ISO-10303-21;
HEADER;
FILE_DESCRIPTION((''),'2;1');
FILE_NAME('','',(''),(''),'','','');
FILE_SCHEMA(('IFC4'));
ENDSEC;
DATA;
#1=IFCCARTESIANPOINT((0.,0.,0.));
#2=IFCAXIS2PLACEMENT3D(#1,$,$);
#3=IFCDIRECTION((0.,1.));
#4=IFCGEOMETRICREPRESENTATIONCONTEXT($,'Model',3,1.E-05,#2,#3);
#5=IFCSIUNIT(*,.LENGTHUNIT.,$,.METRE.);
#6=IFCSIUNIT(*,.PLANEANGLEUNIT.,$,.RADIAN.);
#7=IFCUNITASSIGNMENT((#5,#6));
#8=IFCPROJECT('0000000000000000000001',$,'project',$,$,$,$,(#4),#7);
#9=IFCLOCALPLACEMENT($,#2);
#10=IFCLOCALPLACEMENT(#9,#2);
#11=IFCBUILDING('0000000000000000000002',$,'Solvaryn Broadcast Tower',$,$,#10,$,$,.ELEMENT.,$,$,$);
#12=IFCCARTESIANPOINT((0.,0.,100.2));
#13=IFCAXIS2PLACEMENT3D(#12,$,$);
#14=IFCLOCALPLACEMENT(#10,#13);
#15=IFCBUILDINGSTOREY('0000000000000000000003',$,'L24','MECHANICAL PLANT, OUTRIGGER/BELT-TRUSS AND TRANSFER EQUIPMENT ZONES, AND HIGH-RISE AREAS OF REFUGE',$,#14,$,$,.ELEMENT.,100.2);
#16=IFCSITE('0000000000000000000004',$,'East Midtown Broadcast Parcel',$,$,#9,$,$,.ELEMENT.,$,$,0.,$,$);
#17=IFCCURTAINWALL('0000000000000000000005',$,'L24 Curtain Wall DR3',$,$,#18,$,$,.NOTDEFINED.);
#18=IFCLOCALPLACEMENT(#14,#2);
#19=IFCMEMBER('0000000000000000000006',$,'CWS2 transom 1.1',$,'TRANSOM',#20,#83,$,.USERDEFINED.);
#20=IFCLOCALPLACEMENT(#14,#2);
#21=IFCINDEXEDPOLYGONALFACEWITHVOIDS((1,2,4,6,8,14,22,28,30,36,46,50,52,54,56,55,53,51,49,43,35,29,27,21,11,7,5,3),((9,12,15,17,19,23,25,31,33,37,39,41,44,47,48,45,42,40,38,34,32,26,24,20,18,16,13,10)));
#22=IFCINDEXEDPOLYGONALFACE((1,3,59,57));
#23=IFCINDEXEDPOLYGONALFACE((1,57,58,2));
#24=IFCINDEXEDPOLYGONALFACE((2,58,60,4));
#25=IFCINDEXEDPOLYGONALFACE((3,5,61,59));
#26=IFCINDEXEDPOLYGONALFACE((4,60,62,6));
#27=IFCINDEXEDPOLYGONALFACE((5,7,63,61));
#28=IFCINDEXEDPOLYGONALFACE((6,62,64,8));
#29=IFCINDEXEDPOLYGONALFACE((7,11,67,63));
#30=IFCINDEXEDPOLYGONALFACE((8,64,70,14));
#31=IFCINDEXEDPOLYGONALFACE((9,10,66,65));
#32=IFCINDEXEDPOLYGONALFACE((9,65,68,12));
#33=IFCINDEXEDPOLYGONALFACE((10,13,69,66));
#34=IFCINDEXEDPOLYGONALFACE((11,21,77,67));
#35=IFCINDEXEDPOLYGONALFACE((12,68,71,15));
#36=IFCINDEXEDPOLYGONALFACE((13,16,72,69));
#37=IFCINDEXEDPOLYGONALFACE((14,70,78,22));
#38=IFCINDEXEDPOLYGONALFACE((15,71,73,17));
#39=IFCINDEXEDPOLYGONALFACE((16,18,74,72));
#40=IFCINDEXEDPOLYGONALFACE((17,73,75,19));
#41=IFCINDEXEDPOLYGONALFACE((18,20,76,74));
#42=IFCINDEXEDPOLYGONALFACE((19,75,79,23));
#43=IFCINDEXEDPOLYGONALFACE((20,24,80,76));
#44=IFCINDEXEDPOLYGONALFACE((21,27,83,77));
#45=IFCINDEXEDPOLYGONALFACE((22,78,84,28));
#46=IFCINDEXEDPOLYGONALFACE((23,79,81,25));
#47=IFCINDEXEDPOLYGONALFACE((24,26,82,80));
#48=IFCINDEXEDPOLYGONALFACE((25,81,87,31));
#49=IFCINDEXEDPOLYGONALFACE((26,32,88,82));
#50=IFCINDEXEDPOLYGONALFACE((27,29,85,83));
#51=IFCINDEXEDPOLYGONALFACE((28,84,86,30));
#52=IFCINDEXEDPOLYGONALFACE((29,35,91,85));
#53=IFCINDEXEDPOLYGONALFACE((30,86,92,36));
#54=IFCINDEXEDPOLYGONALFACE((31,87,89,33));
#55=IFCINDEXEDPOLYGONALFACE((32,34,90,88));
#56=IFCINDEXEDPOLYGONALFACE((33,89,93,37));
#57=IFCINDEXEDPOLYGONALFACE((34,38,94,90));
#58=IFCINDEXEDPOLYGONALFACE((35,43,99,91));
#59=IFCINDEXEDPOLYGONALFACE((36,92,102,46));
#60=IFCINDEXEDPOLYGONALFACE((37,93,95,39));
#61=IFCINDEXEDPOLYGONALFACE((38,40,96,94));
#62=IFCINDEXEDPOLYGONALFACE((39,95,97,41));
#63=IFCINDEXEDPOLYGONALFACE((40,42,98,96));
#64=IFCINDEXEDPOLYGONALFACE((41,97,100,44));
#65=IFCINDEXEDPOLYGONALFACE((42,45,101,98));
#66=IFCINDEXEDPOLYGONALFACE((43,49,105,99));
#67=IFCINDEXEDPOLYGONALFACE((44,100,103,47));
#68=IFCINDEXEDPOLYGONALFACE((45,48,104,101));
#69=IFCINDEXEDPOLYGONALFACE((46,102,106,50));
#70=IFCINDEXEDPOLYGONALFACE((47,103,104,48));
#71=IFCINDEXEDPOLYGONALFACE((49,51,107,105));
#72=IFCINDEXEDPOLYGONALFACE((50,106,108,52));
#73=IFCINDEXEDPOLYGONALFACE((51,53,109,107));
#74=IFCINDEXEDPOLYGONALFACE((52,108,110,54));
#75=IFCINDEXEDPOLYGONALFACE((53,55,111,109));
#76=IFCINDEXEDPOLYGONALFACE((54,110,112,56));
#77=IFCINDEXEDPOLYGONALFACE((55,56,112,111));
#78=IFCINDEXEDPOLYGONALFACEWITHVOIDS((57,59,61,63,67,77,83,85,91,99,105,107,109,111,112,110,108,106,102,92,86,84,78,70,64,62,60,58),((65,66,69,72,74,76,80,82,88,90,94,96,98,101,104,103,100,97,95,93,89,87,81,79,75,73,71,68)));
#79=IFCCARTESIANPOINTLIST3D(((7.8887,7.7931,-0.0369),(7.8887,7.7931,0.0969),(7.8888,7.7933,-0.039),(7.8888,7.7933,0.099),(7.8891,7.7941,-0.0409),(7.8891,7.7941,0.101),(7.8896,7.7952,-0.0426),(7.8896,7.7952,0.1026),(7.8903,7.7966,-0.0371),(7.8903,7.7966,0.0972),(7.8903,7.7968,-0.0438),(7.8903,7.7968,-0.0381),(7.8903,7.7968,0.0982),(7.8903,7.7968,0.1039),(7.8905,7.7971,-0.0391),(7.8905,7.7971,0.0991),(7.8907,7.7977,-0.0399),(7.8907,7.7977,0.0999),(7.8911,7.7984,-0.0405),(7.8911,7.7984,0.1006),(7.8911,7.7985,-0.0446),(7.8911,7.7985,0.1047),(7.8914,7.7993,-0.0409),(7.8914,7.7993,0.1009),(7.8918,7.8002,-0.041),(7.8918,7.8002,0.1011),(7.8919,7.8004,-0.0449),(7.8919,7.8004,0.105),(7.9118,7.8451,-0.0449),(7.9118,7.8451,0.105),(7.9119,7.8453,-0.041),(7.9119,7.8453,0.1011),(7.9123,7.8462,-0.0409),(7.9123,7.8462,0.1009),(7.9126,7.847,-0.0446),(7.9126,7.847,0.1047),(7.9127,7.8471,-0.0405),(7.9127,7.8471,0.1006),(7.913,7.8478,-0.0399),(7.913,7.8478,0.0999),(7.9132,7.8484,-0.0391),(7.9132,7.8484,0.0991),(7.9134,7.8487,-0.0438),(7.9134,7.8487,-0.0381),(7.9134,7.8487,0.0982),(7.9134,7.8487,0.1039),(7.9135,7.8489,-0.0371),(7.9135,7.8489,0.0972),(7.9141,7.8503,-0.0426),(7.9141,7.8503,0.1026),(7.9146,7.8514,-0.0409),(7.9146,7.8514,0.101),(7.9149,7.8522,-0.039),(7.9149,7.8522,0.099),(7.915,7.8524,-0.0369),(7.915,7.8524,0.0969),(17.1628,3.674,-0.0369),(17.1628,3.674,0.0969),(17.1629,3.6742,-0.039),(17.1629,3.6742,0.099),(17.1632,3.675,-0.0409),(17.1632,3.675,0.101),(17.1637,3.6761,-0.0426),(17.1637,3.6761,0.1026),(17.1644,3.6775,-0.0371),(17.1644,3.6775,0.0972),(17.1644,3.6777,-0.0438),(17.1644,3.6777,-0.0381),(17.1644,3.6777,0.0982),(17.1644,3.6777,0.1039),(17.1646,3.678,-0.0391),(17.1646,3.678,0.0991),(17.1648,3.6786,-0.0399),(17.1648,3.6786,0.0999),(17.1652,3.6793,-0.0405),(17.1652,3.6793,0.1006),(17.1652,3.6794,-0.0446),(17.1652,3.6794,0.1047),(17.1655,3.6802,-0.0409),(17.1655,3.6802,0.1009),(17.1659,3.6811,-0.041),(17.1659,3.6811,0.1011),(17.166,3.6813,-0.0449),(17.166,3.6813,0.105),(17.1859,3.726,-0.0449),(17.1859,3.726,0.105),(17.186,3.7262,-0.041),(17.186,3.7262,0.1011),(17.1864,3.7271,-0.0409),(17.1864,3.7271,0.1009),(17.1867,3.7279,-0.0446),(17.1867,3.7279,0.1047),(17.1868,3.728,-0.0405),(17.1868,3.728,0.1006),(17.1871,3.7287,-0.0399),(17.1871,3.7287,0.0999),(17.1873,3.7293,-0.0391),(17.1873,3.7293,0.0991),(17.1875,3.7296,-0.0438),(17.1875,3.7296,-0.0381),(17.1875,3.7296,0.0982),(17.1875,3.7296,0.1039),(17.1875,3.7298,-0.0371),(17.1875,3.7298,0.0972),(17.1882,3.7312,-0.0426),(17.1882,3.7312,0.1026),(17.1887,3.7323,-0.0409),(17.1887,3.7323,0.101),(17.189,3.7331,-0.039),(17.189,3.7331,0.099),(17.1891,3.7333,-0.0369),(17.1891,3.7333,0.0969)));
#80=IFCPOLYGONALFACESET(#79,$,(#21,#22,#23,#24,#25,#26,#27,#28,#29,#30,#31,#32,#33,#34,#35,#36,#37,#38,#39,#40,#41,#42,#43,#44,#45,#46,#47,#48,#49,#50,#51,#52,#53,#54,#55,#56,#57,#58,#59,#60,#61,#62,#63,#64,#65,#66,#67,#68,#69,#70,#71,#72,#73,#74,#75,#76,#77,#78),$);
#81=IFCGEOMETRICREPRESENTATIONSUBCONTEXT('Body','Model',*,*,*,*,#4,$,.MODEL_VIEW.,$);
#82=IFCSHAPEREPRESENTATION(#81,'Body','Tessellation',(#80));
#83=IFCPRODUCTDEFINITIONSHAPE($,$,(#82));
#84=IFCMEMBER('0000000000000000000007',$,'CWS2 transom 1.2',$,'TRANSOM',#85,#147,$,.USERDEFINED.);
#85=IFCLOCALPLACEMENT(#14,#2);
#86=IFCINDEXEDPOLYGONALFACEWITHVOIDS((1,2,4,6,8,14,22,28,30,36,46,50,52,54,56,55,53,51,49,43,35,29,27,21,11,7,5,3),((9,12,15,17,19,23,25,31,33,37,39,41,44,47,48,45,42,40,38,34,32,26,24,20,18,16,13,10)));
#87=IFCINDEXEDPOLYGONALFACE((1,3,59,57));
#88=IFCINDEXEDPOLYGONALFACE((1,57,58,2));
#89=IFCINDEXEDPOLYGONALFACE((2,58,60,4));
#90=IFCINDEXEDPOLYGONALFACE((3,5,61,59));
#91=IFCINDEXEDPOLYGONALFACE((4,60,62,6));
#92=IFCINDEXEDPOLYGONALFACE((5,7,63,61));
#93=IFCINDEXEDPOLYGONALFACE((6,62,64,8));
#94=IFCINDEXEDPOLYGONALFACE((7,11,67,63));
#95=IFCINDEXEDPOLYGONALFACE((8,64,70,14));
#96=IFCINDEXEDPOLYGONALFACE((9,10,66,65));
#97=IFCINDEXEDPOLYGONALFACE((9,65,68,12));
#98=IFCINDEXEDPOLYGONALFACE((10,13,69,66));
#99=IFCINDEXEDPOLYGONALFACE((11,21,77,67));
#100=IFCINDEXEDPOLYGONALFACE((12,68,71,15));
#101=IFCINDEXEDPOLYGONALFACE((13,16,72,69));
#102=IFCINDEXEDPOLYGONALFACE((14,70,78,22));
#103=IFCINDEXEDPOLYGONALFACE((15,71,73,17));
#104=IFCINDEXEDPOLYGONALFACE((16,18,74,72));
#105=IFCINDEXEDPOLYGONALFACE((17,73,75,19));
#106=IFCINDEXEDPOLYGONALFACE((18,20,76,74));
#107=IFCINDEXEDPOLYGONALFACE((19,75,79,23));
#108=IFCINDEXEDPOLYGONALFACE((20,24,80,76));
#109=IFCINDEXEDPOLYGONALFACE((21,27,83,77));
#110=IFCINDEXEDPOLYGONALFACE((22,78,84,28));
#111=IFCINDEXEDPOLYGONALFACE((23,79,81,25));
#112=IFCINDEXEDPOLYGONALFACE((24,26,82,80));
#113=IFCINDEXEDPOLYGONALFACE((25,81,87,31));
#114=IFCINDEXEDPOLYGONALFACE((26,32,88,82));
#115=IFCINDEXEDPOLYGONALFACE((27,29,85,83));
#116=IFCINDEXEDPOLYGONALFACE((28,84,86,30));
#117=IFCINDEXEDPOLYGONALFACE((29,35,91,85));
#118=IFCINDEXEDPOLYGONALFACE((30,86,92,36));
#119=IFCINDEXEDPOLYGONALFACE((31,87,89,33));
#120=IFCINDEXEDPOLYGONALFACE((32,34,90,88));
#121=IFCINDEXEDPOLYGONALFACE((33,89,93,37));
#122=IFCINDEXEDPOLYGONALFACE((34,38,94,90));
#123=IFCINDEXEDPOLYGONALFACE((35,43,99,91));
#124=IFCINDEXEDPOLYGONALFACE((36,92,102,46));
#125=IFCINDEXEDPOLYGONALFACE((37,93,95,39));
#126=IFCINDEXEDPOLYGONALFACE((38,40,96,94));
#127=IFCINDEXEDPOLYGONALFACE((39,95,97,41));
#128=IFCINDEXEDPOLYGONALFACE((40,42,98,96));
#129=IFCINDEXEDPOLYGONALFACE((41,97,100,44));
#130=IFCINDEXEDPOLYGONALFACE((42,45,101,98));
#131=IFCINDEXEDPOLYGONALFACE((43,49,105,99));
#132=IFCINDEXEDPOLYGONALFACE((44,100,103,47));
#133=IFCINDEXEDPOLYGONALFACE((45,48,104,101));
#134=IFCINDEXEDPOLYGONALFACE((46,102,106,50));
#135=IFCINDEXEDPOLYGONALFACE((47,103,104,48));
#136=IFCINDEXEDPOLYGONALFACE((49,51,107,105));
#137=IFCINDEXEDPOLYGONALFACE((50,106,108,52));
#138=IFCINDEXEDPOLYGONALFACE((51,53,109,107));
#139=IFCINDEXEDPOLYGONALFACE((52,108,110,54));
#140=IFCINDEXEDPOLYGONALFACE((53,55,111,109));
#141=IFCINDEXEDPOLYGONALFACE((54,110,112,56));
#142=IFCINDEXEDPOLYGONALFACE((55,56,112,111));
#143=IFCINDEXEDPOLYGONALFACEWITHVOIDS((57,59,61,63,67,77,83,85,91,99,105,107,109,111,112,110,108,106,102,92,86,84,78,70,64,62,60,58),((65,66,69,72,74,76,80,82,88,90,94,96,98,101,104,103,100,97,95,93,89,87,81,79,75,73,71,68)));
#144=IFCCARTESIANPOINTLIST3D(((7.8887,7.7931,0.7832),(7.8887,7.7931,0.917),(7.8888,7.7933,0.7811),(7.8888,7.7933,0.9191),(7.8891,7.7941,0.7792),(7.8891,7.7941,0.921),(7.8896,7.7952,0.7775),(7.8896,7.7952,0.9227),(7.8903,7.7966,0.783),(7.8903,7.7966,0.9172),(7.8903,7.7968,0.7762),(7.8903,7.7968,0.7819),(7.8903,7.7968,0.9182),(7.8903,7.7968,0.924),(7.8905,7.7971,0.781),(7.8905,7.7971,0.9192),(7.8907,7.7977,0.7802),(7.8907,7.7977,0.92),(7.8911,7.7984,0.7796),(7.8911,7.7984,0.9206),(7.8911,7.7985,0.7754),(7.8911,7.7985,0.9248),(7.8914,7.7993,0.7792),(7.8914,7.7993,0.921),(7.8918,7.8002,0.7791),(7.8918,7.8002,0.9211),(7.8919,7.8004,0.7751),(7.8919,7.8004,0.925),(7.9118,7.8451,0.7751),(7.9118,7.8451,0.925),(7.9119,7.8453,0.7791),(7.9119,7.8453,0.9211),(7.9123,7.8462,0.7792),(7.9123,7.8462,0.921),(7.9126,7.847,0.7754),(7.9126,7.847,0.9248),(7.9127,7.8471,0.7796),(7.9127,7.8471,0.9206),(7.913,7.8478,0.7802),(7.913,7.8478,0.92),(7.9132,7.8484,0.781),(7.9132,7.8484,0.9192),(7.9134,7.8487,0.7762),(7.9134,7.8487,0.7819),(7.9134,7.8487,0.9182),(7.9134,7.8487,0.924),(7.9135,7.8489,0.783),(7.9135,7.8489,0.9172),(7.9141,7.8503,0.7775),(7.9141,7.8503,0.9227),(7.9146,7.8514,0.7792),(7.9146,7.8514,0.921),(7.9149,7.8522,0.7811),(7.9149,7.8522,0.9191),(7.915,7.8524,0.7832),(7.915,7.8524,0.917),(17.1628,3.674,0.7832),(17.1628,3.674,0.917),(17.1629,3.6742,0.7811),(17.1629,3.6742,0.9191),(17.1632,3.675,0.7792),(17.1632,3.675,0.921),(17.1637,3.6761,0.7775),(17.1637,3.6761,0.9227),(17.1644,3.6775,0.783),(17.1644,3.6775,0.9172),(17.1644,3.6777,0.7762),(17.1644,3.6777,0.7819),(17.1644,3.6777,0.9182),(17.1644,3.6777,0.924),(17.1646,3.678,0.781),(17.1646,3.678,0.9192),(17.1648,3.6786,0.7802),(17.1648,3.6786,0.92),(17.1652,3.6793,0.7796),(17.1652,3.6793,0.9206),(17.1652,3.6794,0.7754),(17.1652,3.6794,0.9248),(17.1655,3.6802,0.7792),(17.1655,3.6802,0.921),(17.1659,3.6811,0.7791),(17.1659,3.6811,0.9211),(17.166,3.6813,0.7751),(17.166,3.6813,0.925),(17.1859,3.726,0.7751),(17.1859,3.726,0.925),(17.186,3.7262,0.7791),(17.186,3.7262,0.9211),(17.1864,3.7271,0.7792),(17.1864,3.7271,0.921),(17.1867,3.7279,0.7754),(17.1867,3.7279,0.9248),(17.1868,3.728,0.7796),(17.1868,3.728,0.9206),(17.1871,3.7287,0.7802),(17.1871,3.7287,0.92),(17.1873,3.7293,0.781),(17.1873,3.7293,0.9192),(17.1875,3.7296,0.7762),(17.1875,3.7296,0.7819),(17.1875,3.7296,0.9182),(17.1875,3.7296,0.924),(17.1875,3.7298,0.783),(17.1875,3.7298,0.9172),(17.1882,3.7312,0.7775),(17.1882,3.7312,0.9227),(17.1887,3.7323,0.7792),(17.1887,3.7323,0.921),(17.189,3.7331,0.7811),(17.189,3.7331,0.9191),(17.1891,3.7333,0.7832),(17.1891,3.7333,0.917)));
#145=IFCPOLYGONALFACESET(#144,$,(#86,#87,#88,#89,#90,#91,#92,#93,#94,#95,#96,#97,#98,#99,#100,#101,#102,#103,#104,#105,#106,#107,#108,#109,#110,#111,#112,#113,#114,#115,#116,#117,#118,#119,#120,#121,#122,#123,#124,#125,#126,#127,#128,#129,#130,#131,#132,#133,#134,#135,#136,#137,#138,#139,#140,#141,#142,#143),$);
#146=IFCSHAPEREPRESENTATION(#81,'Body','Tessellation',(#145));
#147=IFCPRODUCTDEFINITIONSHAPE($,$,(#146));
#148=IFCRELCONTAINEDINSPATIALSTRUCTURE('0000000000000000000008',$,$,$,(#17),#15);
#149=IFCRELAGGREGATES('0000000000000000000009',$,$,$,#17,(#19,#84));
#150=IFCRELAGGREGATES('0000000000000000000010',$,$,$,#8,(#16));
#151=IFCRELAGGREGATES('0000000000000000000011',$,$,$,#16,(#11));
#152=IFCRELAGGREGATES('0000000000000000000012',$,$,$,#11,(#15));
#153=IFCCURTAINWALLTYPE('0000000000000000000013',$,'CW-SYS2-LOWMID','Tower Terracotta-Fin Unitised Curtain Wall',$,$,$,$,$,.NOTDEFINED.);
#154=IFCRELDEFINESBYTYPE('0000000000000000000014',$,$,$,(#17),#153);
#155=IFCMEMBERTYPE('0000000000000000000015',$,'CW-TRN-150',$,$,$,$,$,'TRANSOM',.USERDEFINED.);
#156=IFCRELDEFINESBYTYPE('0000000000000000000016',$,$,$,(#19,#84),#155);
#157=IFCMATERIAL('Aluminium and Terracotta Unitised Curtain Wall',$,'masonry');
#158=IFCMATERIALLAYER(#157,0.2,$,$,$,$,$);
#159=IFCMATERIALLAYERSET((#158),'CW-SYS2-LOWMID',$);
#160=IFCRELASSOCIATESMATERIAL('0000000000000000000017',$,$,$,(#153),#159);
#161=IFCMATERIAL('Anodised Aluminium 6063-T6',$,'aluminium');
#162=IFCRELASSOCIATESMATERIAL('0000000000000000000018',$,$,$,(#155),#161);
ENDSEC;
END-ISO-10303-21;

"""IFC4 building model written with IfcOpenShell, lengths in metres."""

from ifc_helpers import new_model, si_unit, direction, frame, origin, origin_2d, place, context, subcontext, project, spatial, hollow_rectangle, extrude, material, layer, layer_set, material_profile, profile_set, type_object, element, aggregate, save


model = new_model("IFC4")

# Units and contexts
model_context = context("Model", 3, precision=1e-05, world=origin(), true_north=direction((0.0, 1.0)))
body_context = subcontext(model_context, "Body", "Model", "MODEL_VIEW")
ifc_project = project(units=[si_unit("LENGTHUNIT", "METRE"), si_unit("PLANEANGLEUNIT", "RADIAN")], contexts=[model_context])

# Site, building, storey
site_placement = place(None, origin())
site = spatial("IfcSite", under=ifc_project, at=site_placement, Name="East Midtown Broadcast Parcel", CompositionType="ELEMENT", RefElevation=0.0)
building_placement = place(site_placement, origin())
building = spatial("IfcBuilding", under=site, at=building_placement, Name="Solvaryn Broadcast Tower", CompositionType="ELEMENT")
storey_placement = place(building_placement, frame((0.0, 0.0, 100.2)))
storey = spatial("IfcBuildingStorey", under=building, at=storey_placement, Name="L24", Description="MECHANICAL PLANT, OUTRIGGER/BELT-TRUSS AND TRANSFER EQUIPMENT ZONES, AND HIGH-RISE AREAS OF REFUGE", CompositionType="ELEMENT", Elevation=100.2)

# Shared definitions
ifc_material_1 = material(Name="Aluminium and Terracotta Unitised Curtain Wall", Category="masonry")
ifc_layer_1 = layer(ifc_material_1, 0.2)
ifc_layer_set_1 = layer_set([ifc_layer_1], Name="CW-SYS2-LOWMID")
curtain_wall_type = type_object("IfcCurtainWallType", Name="CW-SYS2-LOWMID", Description="Tower Terracotta-Fin Unitised Curtain Wall", PredefinedType="NOTDEFINED", material=ifc_layer_set_1)

# Curtain wall
curtain_wall_1_placement = place(storey_placement, origin())
curtain_wall_1 = element("IfcCurtainWall", 1, at=curtain_wall_1_placement, inside=storey, type_object=curtain_wall_type, Name="L24 Curtain Wall DR3", PredefinedType="NOTDEFINED")

# Members
ifc_material_2 = material(Name="Anodised Aluminium 6063-T6", Category="aluminium")
ifc_material_profile_1 = material_profile(ifc_material_2, hollow_rectangle(XDim=0.0649, YDim=0.1499, WallThickness=0.0039, InnerFilletRadius=0.0039, OuterFilletRadius=0.0081, at=origin_2d()))
ifc_profile_set_1 = profile_set([ifc_material_profile_1], Name="Anodised Aluminium 6063-T6")
member_type_1 = type_object("IfcMemberType", Name="CW-TRN-150", ElementType="TRANSOM", PredefinedType="USERDEFINED", material=ifc_profile_set_1)
member_1_placement = place(storey_placement, frame((7.9019, 7.8228, 0.03), z_axis=(0.913911, -0.405915, 0.0), x_axis=(0.405915, 0.913911, 0.0)))
member_1 = element("IfcMember", 2, at=member_1_placement, type_object=member_type_1, Name="CWS2 transom 1.1", ObjectType="TRANSOM", PredefinedType="USERDEFINED", context=body_context, shape_type="SweptSolid", body=[
    extrude(hollow_rectangle(XDim=0.0649, YDim=0.1499, WallThickness=0.0039, InnerFilletRadius=0.0039, OuterFilletRadius=0.0081, at=origin_2d()), origin(), (0.0, 0.0, 1.0), 10.1477),
])
member_2_placement = place(storey_placement, frame((7.9019, 7.8228, 0.8501), z_axis=(0.913911, -0.405915, 0.0), x_axis=(0.405915, 0.913911, 0.0)))
member_2 = element("IfcMember", 3, at=member_2_placement, type_object=member_type_1, Name="CWS2 transom 1.2", ObjectType="TRANSOM", PredefinedType="USERDEFINED", context=body_context, shape_type="SweptSolid", body=[
    extrude(hollow_rectangle(XDim=0.0649, YDim=0.1499, WallThickness=0.0039, InnerFilletRadius=0.0039, OuterFilletRadius=0.0081, at=origin_2d()), origin(), (0.0, 0.0, 1.0), 10.1477),
])

aggregate(curtain_wall_1, [member_1, member_2])

save(model, "model.ifc")
